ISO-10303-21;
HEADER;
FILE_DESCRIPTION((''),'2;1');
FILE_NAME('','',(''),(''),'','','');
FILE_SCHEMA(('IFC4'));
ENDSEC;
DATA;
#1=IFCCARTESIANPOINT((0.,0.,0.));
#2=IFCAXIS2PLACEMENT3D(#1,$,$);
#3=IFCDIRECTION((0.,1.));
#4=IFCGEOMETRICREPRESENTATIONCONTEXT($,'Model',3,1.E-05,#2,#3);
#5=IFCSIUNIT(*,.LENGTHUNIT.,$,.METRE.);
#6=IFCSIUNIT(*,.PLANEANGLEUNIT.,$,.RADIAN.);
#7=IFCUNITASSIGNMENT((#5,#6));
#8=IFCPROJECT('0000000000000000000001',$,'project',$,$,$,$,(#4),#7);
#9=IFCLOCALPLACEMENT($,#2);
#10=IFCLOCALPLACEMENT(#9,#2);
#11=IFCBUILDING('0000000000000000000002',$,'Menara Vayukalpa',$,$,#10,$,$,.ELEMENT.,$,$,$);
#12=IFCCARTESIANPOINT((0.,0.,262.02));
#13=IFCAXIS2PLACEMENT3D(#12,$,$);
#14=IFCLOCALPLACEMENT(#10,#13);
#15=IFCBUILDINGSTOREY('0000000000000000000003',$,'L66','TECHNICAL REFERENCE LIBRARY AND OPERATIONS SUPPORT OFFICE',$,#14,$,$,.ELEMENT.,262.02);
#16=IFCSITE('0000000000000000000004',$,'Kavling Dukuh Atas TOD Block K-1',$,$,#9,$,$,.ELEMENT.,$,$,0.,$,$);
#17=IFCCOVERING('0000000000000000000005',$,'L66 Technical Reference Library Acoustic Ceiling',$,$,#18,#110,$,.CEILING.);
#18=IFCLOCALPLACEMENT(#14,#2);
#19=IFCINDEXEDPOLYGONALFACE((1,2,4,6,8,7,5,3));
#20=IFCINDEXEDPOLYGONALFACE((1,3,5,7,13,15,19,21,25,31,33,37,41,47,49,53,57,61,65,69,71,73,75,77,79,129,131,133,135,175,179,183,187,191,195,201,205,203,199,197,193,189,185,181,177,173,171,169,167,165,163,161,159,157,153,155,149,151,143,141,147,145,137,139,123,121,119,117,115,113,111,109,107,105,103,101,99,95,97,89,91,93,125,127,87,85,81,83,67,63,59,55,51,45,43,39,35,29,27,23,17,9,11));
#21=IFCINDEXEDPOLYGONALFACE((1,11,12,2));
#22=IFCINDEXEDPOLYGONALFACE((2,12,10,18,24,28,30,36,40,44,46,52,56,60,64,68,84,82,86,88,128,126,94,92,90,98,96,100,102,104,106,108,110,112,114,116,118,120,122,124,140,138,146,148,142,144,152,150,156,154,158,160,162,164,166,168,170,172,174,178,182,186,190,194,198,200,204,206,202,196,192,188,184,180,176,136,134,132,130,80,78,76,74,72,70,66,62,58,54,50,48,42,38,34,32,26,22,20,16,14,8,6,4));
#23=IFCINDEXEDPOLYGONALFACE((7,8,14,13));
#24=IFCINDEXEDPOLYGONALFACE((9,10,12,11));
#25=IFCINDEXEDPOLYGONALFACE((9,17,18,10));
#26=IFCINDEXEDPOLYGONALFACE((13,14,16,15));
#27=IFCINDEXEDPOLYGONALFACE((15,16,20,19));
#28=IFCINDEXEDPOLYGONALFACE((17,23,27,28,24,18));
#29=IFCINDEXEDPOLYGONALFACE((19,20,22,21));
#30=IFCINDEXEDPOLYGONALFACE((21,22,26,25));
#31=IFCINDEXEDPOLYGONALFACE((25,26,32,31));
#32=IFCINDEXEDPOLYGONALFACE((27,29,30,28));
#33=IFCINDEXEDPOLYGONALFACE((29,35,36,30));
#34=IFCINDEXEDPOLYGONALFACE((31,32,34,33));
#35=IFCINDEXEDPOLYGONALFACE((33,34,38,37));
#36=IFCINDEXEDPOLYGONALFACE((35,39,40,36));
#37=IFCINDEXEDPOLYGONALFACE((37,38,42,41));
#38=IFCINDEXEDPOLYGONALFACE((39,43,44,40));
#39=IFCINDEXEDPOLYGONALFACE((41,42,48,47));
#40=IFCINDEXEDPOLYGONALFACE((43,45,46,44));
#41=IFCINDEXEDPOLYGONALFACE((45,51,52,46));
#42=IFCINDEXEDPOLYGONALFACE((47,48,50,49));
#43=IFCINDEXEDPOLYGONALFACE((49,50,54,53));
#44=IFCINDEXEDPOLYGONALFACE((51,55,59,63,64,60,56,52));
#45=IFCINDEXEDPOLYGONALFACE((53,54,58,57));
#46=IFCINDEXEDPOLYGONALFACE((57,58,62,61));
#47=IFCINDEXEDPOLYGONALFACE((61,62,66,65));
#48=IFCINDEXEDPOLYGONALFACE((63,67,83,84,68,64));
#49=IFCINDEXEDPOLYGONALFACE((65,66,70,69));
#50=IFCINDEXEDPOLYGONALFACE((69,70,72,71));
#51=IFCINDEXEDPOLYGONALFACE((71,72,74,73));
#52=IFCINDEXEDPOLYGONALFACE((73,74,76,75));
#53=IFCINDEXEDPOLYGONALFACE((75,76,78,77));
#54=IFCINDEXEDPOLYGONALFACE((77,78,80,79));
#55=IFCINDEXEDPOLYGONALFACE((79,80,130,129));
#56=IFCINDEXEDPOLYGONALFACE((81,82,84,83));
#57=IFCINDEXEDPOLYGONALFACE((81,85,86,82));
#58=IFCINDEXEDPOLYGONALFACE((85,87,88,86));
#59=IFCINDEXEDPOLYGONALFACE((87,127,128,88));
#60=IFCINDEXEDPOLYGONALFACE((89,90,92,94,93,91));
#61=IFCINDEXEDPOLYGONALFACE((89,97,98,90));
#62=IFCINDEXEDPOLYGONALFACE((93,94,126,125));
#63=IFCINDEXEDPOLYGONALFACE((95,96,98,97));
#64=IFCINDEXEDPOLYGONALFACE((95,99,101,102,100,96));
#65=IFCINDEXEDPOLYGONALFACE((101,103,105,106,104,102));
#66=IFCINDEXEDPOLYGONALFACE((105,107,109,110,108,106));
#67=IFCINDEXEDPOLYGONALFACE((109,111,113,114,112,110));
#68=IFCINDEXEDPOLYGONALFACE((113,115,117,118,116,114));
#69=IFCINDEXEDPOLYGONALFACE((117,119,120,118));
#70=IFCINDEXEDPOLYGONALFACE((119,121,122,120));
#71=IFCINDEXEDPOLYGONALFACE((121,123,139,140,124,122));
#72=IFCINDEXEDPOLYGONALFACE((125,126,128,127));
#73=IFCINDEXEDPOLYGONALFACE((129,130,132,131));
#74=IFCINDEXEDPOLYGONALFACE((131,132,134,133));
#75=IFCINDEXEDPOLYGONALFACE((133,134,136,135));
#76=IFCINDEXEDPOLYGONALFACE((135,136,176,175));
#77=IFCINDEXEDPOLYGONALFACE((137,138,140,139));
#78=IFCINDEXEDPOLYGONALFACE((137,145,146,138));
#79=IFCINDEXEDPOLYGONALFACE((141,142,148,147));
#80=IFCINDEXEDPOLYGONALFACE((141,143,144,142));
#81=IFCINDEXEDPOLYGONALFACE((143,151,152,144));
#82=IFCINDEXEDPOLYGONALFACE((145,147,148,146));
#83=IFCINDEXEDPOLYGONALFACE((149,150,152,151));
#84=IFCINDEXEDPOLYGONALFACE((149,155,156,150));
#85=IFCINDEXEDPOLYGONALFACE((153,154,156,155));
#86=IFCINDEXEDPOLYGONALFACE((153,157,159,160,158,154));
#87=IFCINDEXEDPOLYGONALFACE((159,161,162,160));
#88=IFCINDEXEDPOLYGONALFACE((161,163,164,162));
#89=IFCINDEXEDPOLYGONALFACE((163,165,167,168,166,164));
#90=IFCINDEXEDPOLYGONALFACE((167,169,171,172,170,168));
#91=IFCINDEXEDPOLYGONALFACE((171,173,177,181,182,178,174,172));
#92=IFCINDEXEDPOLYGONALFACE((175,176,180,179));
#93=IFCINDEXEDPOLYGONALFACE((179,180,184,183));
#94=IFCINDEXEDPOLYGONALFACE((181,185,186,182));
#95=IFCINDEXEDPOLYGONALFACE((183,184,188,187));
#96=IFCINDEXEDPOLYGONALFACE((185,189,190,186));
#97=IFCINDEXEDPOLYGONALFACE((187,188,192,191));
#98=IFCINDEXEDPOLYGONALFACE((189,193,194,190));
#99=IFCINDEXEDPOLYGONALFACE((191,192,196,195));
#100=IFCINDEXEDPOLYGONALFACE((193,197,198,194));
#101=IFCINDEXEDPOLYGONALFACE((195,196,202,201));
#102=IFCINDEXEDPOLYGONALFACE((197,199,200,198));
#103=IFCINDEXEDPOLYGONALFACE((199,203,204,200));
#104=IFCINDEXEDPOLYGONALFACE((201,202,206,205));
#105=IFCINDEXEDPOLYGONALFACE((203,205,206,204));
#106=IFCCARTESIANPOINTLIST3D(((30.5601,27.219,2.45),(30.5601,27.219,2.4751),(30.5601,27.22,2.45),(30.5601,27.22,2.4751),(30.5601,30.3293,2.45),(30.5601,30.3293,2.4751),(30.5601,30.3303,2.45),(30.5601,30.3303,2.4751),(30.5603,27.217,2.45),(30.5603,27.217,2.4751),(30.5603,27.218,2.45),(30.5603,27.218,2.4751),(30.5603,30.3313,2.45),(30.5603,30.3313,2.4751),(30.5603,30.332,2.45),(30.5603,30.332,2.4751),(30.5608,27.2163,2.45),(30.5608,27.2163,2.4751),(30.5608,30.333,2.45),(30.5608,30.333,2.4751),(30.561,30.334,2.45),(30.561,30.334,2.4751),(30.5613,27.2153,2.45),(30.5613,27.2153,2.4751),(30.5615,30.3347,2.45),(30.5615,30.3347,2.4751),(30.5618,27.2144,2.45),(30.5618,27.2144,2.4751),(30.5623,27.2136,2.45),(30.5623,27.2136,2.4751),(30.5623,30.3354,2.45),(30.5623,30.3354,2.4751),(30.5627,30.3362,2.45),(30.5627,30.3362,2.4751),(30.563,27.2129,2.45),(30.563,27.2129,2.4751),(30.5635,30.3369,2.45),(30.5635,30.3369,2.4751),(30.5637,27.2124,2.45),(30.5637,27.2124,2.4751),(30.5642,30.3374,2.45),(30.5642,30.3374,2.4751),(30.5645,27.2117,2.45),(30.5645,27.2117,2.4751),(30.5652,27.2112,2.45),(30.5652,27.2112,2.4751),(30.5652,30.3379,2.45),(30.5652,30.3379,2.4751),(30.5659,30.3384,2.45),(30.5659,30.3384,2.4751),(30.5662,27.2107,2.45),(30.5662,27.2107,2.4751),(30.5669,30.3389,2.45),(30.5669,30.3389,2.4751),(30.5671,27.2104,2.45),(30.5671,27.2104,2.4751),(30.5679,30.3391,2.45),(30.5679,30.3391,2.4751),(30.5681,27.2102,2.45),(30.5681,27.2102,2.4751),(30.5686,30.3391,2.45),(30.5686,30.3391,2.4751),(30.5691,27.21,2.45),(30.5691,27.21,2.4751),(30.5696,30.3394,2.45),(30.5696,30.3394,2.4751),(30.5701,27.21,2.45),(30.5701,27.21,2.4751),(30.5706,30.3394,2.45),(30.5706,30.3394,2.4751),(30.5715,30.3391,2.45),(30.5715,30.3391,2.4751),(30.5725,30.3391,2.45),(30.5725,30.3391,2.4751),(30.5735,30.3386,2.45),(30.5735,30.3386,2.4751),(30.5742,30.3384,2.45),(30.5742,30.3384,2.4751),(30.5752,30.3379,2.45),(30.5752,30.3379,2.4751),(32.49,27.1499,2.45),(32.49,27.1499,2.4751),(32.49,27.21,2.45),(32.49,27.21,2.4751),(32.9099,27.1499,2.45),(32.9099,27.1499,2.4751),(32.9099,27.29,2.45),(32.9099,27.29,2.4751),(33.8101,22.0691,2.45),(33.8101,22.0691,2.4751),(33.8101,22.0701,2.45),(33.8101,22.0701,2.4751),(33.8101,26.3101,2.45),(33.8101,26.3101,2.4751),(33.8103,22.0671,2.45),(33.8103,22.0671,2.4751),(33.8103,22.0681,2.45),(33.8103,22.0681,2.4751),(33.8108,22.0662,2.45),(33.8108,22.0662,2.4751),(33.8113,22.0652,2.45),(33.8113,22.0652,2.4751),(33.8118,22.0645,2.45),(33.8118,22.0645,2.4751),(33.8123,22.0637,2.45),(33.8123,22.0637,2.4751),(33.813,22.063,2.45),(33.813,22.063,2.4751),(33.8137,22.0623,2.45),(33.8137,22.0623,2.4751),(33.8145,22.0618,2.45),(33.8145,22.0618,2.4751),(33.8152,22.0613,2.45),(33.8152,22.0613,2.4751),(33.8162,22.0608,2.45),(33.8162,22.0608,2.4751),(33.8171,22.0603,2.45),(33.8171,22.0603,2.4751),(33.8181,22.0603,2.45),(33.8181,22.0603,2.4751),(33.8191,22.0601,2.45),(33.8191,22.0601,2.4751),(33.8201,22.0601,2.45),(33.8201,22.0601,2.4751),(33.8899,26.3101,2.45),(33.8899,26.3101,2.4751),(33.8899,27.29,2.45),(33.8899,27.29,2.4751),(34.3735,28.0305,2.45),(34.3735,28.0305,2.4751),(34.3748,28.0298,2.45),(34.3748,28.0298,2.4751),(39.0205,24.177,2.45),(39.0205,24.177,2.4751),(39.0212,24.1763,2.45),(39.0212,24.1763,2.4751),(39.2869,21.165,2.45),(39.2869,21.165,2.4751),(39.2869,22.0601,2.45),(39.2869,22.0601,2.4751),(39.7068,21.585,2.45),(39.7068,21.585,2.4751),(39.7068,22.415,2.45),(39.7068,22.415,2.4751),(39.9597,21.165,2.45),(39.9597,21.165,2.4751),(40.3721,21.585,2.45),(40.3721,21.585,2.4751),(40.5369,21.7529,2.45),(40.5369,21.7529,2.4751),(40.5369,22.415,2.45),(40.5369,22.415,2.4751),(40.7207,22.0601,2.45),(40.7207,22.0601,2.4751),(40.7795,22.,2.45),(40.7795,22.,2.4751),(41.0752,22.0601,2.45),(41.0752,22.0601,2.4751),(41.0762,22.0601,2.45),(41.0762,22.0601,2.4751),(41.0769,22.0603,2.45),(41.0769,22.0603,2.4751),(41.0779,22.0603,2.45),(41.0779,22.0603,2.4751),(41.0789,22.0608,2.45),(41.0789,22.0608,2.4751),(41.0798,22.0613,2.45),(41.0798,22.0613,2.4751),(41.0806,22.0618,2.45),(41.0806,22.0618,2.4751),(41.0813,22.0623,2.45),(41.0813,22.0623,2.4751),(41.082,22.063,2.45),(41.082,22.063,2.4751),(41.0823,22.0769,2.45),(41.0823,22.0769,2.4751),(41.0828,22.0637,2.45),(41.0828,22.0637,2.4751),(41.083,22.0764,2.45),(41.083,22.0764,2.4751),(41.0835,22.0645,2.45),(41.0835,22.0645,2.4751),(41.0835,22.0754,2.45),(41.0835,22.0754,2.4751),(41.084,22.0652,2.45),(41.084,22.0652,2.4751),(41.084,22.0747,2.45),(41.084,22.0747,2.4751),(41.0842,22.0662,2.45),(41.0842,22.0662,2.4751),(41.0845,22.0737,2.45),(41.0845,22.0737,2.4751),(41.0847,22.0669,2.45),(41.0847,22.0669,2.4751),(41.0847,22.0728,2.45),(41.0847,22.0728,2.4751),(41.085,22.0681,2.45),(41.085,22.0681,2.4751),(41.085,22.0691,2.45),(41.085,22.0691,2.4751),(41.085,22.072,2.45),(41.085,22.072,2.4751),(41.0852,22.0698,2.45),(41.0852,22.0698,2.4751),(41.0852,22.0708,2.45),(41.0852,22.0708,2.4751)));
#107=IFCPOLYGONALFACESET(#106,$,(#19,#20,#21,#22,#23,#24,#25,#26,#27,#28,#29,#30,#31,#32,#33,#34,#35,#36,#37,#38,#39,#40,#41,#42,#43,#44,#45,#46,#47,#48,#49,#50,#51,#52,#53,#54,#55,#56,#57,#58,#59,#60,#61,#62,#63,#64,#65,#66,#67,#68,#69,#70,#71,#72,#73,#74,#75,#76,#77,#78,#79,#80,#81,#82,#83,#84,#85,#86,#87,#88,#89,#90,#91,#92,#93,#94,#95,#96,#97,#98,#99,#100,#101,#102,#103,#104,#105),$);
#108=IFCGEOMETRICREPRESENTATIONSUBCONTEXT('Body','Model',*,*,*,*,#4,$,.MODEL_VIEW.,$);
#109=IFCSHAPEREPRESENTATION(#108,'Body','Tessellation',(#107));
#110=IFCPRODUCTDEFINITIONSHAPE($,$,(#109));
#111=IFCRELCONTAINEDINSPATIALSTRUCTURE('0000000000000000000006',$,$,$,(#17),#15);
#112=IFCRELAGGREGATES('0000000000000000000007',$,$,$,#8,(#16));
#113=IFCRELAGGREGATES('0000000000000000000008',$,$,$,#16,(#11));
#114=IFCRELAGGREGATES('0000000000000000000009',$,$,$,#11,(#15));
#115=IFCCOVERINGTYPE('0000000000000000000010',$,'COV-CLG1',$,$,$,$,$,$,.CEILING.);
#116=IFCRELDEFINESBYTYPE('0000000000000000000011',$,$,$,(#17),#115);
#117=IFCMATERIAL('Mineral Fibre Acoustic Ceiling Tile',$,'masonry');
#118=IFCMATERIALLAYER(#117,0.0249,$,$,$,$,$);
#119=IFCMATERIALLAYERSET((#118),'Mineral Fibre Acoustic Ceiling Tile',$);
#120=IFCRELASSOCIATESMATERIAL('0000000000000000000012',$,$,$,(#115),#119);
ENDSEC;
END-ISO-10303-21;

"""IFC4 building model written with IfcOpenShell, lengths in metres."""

from ifc_helpers import new_model, si_unit, direction, frame, origin, place, context, subcontext, project, spatial, polyline, outline, extrude, material, layer, layer_set, type_object, element, save


model = new_model("IFC4")

# Units and contexts
model_context = context("Model", 3, precision=1e-05, world=origin(), true_north=direction((0.0, 1.0)))
body_context = subcontext(model_context, "Body", "Model", "MODEL_VIEW")
ifc_project = project(units=[si_unit("LENGTHUNIT", "METRE"), si_unit("PLANEANGLEUNIT", "RADIAN")], contexts=[model_context])

# Site, building, storey
site_placement = place(None, origin())
site = spatial("IfcSite", under=ifc_project, at=site_placement, Name="Kavling Dukuh Atas TOD Block K-1", CompositionType="ELEMENT", RefElevation=0.0)
building_placement = place(site_placement, origin())
building = spatial("IfcBuilding", under=site, at=building_placement, Name="Menara Vayukalpa", CompositionType="ELEMENT")
storey_placement = place(building_placement, frame((0.0, 0.0, 262.02)))
storey = spatial("IfcBuildingStorey", under=building, at=storey_placement, Name="L66", Description="TECHNICAL REFERENCE LIBRARY AND OPERATIONS SUPPORT OFFICE", CompositionType="ELEMENT", Elevation=262.02)

# Covering
ifc_material_1 = material(Name="Mineral Fibre Acoustic Ceiling Tile", Category="masonry")
ifc_layer_1 = layer(ifc_material_1, 0.0249)
ifc_layer_set_1 = layer_set([ifc_layer_1], Name="Mineral Fibre Acoustic Ceiling Tile")
covering_type_1 = type_object("IfcCoveringType", Name="COV-CLG1", PredefinedType="CEILING", material=ifc_layer_set_1)
covering_1_placement = place(storey_placement, frame((0.0, 0.0, 2.45)))
element("IfcCovering", 1, at=covering_1_placement, inside=storey, type_object=covering_type_1, Name="L66 Technical Reference Library Acoustic Ceiling", PredefinedType="CEILING", context=body_context, shape_type="SweptSolid", body=[
    extrude(outline(polyline([(33.8201, 22.0601), (33.8191, 22.0601), (33.8181, 22.0603), (33.8171, 22.0603), (33.8162, 22.0608), (33.8152, 22.0613), (33.8145, 22.0618), (33.8137, 22.0623), (33.813, 22.063), (33.8123, 22.0637), (33.8118, 22.0645), (33.8113, 22.0652), (33.8108, 22.0662), (33.8103, 22.0671), (33.8103, 22.0681), (33.8101, 22.0691), (33.8101, 22.0701), (33.8101, 26.3101), (33.8899, 26.3101), (33.8899, 27.29), (32.9099, 27.29), (32.9099, 27.1499), (32.49, 27.1499), (32.49, 27.21), (30.5701, 27.21), (30.5691, 27.21), (30.5681, 27.2102), (30.5671, 27.2104), (30.5662, 27.2107), (30.5652, 27.2112), (30.5645, 27.2117), (30.5637, 27.2124), (30.563, 27.2129), (30.5623, 27.2136), (30.5618, 27.2144), (30.5613, 27.2153), (30.5608, 27.2163), (30.5603, 27.217), (30.5603, 27.218), (30.5601, 27.219), (30.5601, 27.22), (30.5601, 30.3293), (30.5601, 30.3303), (30.5603, 30.3313), (30.5603, 30.332), (30.5608, 30.333), (30.561, 30.334), (30.5615, 30.3347), (30.5623, 30.3354), (30.5627, 30.3362), (30.5635, 30.3369), (30.5642, 30.3374), (30.5652, 30.3379), (30.5659, 30.3384), (30.5669, 30.3389), (30.5679, 30.3391), (30.5686, 30.3391), (30.5696, 30.3394), (30.5706, 30.3394), (30.5715, 30.3391), (30.5725, 30.3391), (30.5735, 30.3386), (30.5742, 30.3384), (30.5752, 30.3379), (34.3735, 28.0305), (34.3748, 28.0298), (39.0205, 24.177), (39.0212, 24.1763), (41.0823, 22.0769), (41.083, 22.0764), (41.0835, 22.0754), (41.084, 22.0747), (41.0845, 22.0737), (41.0847, 22.0728), (41.085, 22.072), (41.0852, 22.0708), (41.0852, 22.0698), (41.085, 22.0691), (41.085, 22.0681), (41.0847, 22.0669), (41.0842, 22.0662), (41.084, 22.0652), (41.0835, 22.0645), (41.0828, 22.0637), (41.082, 22.063), (41.0813, 22.0623), (41.0806, 22.0618), (41.0798, 22.0613), (41.0789, 22.0608), (41.0779, 22.0603), (41.0769, 22.0603), (41.0762, 22.0601), (41.0752, 22.0601), (40.7207, 22.0601), (40.7795, 22.0), (40.5369, 21.7529), (40.5369, 22.415), (39.7068, 22.415), (39.7068, 21.585), (40.3721, 21.585), (39.9597, 21.165), (39.2869, 21.165), (39.2869, 22.0601), (33.8201, 22.0601)])), origin(), (0.0, 0.0, 1.0), 0.0251),
])

save(model, "model.ifc")
